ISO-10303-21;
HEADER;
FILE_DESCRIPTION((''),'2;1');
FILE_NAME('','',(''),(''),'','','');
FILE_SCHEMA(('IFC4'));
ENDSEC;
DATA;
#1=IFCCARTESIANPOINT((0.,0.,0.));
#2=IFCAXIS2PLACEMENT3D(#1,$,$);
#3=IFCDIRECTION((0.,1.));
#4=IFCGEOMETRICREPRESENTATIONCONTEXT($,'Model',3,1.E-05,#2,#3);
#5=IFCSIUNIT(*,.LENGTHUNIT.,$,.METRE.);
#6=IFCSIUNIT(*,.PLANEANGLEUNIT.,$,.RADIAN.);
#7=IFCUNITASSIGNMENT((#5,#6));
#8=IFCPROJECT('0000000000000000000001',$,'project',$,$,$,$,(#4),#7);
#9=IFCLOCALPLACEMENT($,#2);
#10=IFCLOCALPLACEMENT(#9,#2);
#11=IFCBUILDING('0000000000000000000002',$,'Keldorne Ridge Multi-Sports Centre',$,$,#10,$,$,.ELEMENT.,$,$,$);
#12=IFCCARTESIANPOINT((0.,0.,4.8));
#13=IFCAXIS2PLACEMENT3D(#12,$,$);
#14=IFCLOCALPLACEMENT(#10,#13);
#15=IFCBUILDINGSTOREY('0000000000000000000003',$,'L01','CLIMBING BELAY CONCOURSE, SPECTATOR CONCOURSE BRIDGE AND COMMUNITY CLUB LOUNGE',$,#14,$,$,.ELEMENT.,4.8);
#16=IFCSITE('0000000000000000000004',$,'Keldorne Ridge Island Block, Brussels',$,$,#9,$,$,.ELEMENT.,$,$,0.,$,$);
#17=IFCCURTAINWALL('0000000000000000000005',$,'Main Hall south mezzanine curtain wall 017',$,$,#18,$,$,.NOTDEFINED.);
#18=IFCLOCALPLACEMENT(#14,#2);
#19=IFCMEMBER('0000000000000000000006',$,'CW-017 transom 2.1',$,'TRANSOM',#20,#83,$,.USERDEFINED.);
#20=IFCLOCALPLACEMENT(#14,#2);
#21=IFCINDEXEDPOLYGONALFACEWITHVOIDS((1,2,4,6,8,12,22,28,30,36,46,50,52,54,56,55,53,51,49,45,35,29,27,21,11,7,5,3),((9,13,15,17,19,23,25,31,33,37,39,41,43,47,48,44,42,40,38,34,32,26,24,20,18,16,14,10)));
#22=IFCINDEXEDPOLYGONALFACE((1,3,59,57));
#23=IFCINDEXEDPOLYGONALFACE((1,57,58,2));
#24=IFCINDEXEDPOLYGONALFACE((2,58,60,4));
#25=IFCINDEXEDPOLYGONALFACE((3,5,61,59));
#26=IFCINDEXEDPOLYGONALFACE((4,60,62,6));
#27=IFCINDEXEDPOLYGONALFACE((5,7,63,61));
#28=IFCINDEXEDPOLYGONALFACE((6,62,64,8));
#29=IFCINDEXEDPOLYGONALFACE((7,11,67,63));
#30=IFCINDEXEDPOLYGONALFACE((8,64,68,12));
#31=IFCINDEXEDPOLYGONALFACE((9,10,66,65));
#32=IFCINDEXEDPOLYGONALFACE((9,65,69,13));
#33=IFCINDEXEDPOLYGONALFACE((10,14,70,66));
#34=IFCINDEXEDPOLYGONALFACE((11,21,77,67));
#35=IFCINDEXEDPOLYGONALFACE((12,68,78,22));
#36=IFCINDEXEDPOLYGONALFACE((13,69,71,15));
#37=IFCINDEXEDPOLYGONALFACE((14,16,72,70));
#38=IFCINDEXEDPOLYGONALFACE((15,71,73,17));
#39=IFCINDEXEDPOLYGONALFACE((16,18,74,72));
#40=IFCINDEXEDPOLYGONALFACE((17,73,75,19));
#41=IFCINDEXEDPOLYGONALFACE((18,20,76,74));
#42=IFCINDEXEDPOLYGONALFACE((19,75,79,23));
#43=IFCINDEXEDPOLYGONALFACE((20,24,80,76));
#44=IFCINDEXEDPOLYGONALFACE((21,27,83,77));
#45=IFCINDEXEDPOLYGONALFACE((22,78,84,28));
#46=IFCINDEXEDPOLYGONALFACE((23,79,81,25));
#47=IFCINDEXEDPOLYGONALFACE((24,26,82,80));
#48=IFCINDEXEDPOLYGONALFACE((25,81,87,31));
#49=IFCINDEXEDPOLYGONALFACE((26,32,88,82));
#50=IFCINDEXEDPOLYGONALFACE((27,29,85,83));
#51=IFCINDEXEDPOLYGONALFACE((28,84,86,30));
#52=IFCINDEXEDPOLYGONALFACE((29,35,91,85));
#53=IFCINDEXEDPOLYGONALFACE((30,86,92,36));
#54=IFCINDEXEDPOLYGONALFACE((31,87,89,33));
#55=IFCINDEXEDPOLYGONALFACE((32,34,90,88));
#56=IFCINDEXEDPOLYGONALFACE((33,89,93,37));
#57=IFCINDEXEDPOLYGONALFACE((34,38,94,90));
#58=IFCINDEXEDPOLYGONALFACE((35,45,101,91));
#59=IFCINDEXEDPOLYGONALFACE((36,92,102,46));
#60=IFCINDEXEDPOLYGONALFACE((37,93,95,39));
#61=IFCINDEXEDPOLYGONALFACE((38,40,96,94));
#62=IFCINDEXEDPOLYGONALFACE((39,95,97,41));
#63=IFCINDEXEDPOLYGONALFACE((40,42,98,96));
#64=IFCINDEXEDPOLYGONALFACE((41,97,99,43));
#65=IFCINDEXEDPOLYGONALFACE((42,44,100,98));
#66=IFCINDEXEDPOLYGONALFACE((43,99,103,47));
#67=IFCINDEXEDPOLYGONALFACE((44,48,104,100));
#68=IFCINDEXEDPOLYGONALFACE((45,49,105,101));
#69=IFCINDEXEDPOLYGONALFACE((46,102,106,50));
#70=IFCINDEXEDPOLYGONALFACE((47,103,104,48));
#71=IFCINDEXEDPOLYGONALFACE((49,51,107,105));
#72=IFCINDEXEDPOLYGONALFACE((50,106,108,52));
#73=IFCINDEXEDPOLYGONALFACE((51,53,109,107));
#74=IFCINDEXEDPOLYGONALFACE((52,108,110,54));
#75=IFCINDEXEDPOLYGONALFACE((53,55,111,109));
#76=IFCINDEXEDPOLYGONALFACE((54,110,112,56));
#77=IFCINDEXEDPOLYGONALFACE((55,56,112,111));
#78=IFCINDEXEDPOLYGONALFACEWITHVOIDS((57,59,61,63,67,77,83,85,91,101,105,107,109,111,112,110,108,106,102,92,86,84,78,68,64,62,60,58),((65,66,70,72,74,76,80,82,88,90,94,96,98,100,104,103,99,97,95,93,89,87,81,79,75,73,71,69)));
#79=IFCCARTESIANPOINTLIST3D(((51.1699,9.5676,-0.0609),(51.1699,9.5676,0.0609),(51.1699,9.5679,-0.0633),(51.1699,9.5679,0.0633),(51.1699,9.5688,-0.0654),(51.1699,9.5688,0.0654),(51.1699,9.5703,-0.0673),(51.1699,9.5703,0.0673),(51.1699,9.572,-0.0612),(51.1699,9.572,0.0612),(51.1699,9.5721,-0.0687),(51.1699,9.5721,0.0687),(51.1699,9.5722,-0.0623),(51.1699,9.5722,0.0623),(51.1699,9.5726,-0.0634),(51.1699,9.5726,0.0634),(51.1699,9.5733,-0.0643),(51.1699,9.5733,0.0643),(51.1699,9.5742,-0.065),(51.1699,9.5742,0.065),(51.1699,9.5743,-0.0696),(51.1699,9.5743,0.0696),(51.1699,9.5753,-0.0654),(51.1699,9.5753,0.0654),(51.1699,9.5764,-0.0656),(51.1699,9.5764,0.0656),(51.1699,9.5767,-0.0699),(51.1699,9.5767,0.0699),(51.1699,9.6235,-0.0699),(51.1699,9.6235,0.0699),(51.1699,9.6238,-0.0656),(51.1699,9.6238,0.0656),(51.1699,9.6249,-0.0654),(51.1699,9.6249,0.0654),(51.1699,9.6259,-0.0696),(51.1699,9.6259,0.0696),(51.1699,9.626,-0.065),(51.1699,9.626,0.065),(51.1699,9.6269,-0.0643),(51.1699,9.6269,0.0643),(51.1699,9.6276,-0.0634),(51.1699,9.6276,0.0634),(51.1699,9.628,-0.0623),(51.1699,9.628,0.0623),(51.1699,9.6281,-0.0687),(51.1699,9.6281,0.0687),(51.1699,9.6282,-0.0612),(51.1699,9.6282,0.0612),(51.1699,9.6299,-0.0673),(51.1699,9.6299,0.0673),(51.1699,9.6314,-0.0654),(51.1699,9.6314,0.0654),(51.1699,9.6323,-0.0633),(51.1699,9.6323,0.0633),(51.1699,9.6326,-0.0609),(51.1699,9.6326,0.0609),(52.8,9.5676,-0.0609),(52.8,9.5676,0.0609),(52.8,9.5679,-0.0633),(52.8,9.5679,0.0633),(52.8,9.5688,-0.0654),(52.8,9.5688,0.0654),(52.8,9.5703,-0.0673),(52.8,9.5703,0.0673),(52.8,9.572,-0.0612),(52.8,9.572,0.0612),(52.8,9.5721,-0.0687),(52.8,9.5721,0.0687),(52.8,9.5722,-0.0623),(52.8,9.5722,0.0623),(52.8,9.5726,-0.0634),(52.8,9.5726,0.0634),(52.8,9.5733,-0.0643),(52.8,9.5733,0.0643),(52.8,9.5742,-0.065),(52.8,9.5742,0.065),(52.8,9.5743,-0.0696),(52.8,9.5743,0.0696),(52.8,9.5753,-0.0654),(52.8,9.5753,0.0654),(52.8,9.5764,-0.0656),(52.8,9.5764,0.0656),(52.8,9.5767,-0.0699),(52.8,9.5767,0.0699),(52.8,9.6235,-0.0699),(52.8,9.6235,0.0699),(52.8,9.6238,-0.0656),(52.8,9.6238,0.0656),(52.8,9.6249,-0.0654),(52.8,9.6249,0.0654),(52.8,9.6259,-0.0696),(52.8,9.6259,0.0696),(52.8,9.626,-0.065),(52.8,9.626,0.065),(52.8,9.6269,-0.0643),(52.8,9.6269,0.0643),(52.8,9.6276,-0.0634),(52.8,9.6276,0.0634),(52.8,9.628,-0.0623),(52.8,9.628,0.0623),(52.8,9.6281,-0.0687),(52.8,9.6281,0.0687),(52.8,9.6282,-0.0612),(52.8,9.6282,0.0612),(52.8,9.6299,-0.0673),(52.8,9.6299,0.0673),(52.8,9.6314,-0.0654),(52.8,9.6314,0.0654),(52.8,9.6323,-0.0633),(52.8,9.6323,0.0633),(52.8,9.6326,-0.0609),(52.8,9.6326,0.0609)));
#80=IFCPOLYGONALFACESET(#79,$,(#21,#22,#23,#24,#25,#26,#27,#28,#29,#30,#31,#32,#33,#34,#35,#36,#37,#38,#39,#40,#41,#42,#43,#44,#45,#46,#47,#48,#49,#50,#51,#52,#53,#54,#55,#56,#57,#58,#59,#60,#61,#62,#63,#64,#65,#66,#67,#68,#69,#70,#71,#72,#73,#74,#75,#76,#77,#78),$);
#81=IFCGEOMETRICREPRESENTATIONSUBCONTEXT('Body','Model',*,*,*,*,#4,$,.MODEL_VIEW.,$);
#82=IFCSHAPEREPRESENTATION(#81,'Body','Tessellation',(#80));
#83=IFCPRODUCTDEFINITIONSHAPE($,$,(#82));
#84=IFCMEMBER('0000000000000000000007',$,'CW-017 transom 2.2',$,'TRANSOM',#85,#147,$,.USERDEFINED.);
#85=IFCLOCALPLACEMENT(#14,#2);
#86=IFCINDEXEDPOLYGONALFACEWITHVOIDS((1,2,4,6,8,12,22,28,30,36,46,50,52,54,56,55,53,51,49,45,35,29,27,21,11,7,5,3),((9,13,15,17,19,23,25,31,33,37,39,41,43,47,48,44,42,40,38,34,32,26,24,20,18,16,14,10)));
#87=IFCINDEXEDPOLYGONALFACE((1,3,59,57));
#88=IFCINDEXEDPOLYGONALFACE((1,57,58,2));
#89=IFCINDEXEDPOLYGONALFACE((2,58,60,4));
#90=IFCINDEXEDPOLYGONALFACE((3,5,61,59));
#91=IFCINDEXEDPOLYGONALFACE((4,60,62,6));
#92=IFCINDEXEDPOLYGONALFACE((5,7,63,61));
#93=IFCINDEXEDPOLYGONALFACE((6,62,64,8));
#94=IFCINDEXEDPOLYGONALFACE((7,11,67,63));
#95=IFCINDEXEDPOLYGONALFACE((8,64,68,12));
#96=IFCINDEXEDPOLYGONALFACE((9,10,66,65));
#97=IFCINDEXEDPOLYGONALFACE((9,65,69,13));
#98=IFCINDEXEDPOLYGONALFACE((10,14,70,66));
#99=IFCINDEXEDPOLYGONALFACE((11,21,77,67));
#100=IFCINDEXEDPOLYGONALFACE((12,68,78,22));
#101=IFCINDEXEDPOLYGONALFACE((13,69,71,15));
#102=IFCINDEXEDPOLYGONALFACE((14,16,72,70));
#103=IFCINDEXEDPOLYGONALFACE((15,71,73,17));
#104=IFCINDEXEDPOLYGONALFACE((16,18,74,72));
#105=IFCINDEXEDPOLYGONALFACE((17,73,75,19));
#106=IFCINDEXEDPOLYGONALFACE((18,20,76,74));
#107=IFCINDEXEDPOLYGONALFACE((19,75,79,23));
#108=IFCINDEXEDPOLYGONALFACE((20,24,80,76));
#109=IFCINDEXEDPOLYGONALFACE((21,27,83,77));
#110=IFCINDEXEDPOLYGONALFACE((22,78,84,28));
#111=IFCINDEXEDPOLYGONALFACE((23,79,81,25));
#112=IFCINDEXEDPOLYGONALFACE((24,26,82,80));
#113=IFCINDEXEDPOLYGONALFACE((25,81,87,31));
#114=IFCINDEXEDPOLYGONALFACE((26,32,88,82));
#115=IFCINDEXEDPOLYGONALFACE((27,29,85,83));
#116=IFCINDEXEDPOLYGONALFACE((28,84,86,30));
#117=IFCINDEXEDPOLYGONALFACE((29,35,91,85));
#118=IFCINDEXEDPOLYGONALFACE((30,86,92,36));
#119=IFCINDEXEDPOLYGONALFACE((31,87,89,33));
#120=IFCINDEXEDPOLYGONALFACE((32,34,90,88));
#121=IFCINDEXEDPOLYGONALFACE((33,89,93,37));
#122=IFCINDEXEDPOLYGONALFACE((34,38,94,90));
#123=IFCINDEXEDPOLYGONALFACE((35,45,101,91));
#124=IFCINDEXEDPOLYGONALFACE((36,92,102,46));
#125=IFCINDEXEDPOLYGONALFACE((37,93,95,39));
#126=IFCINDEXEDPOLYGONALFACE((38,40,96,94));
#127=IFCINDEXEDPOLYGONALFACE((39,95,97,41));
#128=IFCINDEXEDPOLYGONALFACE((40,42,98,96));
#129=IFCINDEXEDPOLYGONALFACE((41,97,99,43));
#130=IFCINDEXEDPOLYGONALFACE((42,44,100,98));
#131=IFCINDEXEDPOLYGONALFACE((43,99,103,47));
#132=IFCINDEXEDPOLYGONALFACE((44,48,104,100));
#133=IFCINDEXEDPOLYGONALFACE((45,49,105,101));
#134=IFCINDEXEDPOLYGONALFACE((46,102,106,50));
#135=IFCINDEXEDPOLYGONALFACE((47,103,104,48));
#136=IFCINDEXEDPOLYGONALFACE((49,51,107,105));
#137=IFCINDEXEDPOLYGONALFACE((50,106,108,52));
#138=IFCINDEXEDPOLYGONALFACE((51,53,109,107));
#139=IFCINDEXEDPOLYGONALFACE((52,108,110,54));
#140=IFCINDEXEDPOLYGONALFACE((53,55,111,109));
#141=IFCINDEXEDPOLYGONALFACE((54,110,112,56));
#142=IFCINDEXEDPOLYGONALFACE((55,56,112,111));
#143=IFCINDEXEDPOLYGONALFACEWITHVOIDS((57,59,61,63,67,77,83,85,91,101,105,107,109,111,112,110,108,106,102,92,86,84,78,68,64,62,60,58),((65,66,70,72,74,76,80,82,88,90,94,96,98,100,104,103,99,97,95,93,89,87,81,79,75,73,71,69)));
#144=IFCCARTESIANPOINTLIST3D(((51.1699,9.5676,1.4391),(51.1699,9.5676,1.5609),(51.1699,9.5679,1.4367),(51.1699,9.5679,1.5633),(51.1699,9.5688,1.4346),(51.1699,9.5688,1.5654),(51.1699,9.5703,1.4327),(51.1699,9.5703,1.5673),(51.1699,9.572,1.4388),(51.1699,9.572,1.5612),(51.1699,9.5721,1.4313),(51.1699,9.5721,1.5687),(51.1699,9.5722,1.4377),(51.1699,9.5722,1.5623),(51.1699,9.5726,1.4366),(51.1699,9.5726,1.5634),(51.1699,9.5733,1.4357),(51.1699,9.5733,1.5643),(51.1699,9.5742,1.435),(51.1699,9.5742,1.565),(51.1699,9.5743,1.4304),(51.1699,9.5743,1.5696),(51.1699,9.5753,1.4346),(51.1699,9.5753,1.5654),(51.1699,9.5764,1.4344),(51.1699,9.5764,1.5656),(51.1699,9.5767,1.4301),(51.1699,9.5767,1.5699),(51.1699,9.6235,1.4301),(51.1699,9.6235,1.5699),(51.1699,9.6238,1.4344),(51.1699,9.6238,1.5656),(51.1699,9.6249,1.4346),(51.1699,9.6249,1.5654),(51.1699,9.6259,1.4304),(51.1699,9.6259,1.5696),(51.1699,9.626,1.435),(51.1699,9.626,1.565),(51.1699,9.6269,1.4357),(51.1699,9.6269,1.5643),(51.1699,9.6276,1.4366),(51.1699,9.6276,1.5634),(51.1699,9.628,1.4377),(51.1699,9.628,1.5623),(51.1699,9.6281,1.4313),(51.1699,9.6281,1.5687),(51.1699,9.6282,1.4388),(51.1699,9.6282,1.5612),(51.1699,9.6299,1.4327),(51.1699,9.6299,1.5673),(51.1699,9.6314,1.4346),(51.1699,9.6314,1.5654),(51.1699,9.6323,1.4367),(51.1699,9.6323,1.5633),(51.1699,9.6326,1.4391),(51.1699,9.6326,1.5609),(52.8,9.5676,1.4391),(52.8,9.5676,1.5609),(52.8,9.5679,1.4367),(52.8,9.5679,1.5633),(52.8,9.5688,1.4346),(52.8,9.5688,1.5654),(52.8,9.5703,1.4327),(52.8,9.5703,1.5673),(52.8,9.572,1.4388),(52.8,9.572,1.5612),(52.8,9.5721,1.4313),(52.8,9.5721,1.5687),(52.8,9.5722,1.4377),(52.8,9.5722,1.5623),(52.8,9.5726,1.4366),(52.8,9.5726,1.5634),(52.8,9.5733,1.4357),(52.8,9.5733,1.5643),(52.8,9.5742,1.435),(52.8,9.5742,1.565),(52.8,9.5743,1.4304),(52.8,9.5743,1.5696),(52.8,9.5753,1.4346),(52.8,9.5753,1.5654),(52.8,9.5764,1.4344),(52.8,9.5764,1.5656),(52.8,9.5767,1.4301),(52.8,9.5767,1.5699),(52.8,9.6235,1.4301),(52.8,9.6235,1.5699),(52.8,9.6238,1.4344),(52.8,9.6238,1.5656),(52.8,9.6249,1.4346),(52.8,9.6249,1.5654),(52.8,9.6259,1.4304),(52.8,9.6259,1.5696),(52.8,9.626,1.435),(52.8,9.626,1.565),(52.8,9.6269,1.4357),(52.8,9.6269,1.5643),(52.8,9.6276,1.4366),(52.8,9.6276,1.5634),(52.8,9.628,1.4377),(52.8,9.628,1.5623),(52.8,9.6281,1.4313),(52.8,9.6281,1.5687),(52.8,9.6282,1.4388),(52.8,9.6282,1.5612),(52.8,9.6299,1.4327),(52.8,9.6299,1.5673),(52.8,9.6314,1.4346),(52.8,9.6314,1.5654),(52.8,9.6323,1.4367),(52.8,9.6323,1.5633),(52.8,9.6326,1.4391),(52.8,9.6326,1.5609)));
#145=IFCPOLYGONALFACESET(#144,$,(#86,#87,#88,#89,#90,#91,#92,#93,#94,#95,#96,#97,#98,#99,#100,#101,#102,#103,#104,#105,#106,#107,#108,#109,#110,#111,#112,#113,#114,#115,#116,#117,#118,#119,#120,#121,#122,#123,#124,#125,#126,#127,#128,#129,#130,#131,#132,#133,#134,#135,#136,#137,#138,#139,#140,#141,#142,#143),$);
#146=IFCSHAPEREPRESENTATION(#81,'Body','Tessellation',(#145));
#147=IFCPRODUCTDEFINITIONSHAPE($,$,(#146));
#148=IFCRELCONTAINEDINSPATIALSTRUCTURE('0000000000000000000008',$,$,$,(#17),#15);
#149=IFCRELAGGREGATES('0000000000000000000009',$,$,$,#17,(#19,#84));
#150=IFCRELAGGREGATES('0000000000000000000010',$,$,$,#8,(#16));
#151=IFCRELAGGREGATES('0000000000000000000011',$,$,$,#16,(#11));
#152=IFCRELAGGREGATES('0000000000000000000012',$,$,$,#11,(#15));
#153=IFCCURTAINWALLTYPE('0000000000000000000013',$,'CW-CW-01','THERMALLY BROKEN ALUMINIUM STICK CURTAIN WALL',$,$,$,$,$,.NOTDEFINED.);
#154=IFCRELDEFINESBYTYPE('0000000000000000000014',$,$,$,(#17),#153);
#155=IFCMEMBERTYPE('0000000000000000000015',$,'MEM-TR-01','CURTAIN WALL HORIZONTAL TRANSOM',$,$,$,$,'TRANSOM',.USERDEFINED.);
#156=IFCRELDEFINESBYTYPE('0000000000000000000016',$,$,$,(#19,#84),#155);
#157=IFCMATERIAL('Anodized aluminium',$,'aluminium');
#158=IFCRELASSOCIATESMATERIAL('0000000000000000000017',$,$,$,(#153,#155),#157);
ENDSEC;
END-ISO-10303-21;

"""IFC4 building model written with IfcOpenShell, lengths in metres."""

from ifc_helpers import new_model, si_unit, direction, frame, origin, origin_2d, place, context, subcontext, project, spatial, hollow_rectangle, extrude, material, material_profile, profile_set, type_object, element, aggregate, save


model = new_model("IFC4")

# Units and contexts
model_context = context("Model", 3, precision=1e-05, world=origin(), true_north=direction((0.0, 1.0)))
body_context = subcontext(model_context, "Body", "Model", "MODEL_VIEW")
ifc_project = project(units=[si_unit("LENGTHUNIT", "METRE"), si_unit("PLANEANGLEUNIT", "RADIAN")], contexts=[model_context])

# Site, building, storey
site_placement = place(None, origin())
site = spatial("IfcSite", under=ifc_project, at=site_placement, Name="Keldorne Ridge Island Block, Brussels", CompositionType="ELEMENT", RefElevation=0.0)
building_placement = place(site_placement, origin())
building = spatial("IfcBuilding", under=site, at=building_placement, Name="Keldorne Ridge Multi-Sports Centre", CompositionType="ELEMENT")
storey_placement = place(building_placement, frame((0.0, 0.0, 4.8)))
storey = spatial("IfcBuildingStorey", under=building, at=storey_placement, Name="L01", Description="CLIMBING BELAY CONCOURSE, SPECTATOR CONCOURSE BRIDGE AND COMMUNITY CLUB LOUNGE", CompositionType="ELEMENT", Elevation=4.8)

# Curtain wall
ifc_material_1 = material(Name="Anodized aluminium", Category="aluminium")
curtain_wall_type_1 = type_object("IfcCurtainWallType", Name="CW-CW-01", Description="THERMALLY BROKEN ALUMINIUM STICK CURTAIN WALL", PredefinedType="NOTDEFINED", material=ifc_material_1)
curtain_wall_1_placement = place(storey_placement, origin())
curtain_wall_1 = element("IfcCurtainWall", 1, at=curtain_wall_1_placement, inside=storey, type_object=curtain_wall_type_1, Name="Main Hall south mezzanine curtain wall 017", PredefinedType="NOTDEFINED")

# Members
ifc_material_profile_1 = material_profile(ifc_material_1, hollow_rectangle(XDim=0.0649, YDim=0.1399, WallThickness=0.0044, InnerFilletRadius=0.0044, OuterFilletRadius=0.009, at=origin_2d()), Name="ALU TRANSOM 140x65x4.5")
ifc_profile_set_1 = profile_set([ifc_material_profile_1], Name="Anodized aluminium")
member_type_1 = type_object("IfcMemberType", Name="MEM-TR-01", Description="CURTAIN WALL HORIZONTAL TRANSOM", ElementType="TRANSOM", PredefinedType="USERDEFINED", material=ifc_profile_set_1)
member_1_placement = place(storey_placement, frame((51.1699, 9.6001, 0.0), z_axis=(1.0, 0.0, 0.0), x_axis=(0.0, 1.0, 0.0)))
member_1 = element("IfcMember", 2, at=member_1_placement, type_object=member_type_1, Name="CW-017 transom 2.1", ObjectType="TRANSOM", PredefinedType="USERDEFINED", context=body_context, shape_type="SweptSolid", body=[
    extrude(hollow_rectangle(XDim=0.0649, YDim=0.1399, WallThickness=0.0044, InnerFilletRadius=0.0044, OuterFilletRadius=0.009, at=origin_2d()), origin(), (0.0, 0.0, 1.0), 1.6301),
])
member_2_placement = place(storey_placement, frame((51.1699, 9.6001, 1.5), z_axis=(1.0, 0.0, 0.0), x_axis=(0.0, 1.0, 0.0)))
member_2 = element("IfcMember", 3, at=member_2_placement, type_object=member_type_1, Name="CW-017 transom 2.2", ObjectType="TRANSOM", PredefinedType="USERDEFINED", context=body_context, shape_type="SweptSolid", body=[
    extrude(hollow_rectangle(XDim=0.0649, YDim=0.1399, WallThickness=0.0044, InnerFilletRadius=0.0044, OuterFilletRadius=0.009, at=origin_2d()), origin(), (0.0, 0.0, 1.0), 1.6301),
])

aggregate(curtain_wall_1, [member_1, member_2])

save(model, "model.ifc")
